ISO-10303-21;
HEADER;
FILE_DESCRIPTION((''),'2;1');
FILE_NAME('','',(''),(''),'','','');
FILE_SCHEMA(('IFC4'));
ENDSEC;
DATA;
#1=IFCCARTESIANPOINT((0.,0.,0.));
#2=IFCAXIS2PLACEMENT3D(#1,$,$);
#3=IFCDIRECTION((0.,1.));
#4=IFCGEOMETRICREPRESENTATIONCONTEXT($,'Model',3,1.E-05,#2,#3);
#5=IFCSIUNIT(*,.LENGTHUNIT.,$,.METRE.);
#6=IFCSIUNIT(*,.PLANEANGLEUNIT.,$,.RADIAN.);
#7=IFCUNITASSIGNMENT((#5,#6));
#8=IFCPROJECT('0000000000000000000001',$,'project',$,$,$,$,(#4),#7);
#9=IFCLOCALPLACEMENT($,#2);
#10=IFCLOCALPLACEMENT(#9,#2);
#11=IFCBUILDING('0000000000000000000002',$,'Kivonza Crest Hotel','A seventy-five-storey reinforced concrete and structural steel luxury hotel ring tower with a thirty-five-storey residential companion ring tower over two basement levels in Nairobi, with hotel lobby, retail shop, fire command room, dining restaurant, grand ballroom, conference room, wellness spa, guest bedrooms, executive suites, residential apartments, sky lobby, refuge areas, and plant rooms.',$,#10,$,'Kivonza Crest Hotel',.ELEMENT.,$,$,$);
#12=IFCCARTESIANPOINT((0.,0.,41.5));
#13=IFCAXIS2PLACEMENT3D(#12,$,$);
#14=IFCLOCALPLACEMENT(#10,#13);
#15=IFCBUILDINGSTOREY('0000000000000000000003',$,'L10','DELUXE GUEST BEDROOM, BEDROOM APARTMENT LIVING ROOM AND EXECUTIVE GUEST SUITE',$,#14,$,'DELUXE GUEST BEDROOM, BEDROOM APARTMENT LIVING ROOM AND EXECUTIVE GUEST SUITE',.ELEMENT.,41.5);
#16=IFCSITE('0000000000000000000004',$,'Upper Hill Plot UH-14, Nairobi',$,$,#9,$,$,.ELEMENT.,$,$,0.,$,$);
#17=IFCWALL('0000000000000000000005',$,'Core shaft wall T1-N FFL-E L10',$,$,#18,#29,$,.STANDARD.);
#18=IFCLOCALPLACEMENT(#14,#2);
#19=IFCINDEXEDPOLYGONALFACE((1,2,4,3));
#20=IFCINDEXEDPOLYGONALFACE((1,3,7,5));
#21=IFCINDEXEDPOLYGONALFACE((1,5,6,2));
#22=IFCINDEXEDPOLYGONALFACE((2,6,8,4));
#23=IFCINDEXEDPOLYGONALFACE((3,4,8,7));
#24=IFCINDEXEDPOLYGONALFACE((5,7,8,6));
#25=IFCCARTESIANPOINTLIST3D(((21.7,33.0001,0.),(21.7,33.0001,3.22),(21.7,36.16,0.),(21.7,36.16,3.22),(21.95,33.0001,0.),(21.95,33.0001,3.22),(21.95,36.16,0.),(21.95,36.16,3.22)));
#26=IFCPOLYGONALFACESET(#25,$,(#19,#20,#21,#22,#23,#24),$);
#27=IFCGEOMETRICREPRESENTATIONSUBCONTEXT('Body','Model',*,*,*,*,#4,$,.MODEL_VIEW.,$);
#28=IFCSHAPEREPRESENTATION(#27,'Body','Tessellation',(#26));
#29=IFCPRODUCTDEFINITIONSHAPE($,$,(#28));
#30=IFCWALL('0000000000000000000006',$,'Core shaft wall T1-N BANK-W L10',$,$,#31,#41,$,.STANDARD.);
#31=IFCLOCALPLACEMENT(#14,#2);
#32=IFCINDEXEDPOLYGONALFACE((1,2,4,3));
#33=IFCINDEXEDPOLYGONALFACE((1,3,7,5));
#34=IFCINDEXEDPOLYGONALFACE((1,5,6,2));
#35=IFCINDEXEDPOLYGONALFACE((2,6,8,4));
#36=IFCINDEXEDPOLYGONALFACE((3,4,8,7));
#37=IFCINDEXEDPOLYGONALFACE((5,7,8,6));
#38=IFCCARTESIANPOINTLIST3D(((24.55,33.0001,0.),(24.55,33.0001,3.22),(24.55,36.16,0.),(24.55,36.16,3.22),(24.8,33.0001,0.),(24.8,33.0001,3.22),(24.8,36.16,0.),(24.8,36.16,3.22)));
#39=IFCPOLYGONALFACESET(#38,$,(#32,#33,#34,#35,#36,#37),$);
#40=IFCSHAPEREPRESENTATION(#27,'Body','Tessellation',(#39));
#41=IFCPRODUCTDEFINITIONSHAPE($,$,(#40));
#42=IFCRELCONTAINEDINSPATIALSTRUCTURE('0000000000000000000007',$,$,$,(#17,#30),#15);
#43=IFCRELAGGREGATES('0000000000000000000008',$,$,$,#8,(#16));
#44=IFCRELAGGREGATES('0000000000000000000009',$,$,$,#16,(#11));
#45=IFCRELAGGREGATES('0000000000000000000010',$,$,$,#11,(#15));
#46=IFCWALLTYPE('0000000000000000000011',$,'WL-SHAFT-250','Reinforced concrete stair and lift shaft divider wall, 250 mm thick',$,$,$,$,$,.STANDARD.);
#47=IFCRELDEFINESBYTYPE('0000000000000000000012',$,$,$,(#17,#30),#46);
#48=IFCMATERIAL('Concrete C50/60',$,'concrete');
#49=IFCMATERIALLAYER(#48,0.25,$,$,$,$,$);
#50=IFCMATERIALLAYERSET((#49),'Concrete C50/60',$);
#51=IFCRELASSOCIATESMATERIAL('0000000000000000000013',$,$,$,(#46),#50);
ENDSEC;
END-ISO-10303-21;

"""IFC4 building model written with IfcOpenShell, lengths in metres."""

from ifc_helpers import new_model, si_unit, direction, frame, frame_2d, origin, place, context, subcontext, project, spatial, rectangle, extrude, material, layer, layer_set, type_object, element, save


model = new_model("IFC4")

# Units and contexts
model_context = context("Model", 3, precision=1e-05, world=origin(), true_north=direction((0.0, 1.0)))
body_context = subcontext(model_context, "Body", "Model", "MODEL_VIEW")
ifc_project = project(units=[si_unit("LENGTHUNIT", "METRE"), si_unit("PLANEANGLEUNIT", "RADIAN")], contexts=[model_context])

# Site, building, storey
site_placement = place(None, origin())
site = spatial("IfcSite", under=ifc_project, at=site_placement, Name="Upper Hill Plot UH-14, Nairobi", CompositionType="ELEMENT", RefElevation=0.0)
building_placement = place(site_placement, origin())
building = spatial("IfcBuilding", under=site, at=building_placement, Name="Kivonza Crest Hotel", Description="A seventy-five-storey reinforced concrete and structural steel luxury hotel ring tower with a thirty-five-storey residential companion ring tower over two basement levels in Nairobi, with hotel lobby, retail shop, fire command room, dining restaurant, grand ballroom, conference room, wellness spa, guest bedrooms, executive suites, residential apartments, sky lobby, refuge areas, and plant rooms.", LongName="Kivonza Crest Hotel", CompositionType="ELEMENT")
storey_placement = place(building_placement, frame((0.0, 0.0, 41.5)))
storey = spatial("IfcBuildingStorey", under=building, at=storey_placement, Name="L10", Description="DELUXE GUEST BEDROOM, BEDROOM APARTMENT LIVING ROOM AND EXECUTIVE GUEST SUITE", LongName="DELUXE GUEST BEDROOM, BEDROOM APARTMENT LIVING ROOM AND EXECUTIVE GUEST SUITE", CompositionType="ELEMENT", Elevation=41.5)

# Shared definitions
ifc_material_1 = material(Name="Concrete C50/60", Category="concrete")
ifc_layer_1 = layer(ifc_material_1, 0.25)
ifc_layer_set_1 = layer_set([ifc_layer_1], Name="Concrete C50/60")
wall_type_1 = type_object("IfcWallType", Name="WL-SHAFT-250", Description="Reinforced concrete stair and lift shaft divider wall, 250 mm thick", PredefinedType="STANDARD", material=ifc_layer_set_1)

# Walls
for number, where, z_axis, x_axis, name in (
    (1, (21.825, 33.0, 0.0), (0.0, 0.0, 1.0), (0.0, 1.0, 0.0), "Core shaft wall T1-N FFL-E L10"),
    (2, (24.675, 33.0, 0.0), (0.0, 0.0, 1.0), (0.0, 1.0, 0.0), "Core shaft wall T1-N BANK-W L10"),
):
    element("IfcWall", number, at=place(storey_placement, frame(where, z_axis=z_axis, x_axis=x_axis)), inside=storey, type_object=wall_type_1, Name=name, PredefinedType="STANDARD", context=body_context, shape_type="SweptSolid", body=[
        extrude(rectangle(XDim=3.1599, YDim=0.25, at=frame_2d((1.5801, 0.0))), origin(), (0.0, 0.0, 1.0), 3.22),
    ])

save(model, "model.ifc")
